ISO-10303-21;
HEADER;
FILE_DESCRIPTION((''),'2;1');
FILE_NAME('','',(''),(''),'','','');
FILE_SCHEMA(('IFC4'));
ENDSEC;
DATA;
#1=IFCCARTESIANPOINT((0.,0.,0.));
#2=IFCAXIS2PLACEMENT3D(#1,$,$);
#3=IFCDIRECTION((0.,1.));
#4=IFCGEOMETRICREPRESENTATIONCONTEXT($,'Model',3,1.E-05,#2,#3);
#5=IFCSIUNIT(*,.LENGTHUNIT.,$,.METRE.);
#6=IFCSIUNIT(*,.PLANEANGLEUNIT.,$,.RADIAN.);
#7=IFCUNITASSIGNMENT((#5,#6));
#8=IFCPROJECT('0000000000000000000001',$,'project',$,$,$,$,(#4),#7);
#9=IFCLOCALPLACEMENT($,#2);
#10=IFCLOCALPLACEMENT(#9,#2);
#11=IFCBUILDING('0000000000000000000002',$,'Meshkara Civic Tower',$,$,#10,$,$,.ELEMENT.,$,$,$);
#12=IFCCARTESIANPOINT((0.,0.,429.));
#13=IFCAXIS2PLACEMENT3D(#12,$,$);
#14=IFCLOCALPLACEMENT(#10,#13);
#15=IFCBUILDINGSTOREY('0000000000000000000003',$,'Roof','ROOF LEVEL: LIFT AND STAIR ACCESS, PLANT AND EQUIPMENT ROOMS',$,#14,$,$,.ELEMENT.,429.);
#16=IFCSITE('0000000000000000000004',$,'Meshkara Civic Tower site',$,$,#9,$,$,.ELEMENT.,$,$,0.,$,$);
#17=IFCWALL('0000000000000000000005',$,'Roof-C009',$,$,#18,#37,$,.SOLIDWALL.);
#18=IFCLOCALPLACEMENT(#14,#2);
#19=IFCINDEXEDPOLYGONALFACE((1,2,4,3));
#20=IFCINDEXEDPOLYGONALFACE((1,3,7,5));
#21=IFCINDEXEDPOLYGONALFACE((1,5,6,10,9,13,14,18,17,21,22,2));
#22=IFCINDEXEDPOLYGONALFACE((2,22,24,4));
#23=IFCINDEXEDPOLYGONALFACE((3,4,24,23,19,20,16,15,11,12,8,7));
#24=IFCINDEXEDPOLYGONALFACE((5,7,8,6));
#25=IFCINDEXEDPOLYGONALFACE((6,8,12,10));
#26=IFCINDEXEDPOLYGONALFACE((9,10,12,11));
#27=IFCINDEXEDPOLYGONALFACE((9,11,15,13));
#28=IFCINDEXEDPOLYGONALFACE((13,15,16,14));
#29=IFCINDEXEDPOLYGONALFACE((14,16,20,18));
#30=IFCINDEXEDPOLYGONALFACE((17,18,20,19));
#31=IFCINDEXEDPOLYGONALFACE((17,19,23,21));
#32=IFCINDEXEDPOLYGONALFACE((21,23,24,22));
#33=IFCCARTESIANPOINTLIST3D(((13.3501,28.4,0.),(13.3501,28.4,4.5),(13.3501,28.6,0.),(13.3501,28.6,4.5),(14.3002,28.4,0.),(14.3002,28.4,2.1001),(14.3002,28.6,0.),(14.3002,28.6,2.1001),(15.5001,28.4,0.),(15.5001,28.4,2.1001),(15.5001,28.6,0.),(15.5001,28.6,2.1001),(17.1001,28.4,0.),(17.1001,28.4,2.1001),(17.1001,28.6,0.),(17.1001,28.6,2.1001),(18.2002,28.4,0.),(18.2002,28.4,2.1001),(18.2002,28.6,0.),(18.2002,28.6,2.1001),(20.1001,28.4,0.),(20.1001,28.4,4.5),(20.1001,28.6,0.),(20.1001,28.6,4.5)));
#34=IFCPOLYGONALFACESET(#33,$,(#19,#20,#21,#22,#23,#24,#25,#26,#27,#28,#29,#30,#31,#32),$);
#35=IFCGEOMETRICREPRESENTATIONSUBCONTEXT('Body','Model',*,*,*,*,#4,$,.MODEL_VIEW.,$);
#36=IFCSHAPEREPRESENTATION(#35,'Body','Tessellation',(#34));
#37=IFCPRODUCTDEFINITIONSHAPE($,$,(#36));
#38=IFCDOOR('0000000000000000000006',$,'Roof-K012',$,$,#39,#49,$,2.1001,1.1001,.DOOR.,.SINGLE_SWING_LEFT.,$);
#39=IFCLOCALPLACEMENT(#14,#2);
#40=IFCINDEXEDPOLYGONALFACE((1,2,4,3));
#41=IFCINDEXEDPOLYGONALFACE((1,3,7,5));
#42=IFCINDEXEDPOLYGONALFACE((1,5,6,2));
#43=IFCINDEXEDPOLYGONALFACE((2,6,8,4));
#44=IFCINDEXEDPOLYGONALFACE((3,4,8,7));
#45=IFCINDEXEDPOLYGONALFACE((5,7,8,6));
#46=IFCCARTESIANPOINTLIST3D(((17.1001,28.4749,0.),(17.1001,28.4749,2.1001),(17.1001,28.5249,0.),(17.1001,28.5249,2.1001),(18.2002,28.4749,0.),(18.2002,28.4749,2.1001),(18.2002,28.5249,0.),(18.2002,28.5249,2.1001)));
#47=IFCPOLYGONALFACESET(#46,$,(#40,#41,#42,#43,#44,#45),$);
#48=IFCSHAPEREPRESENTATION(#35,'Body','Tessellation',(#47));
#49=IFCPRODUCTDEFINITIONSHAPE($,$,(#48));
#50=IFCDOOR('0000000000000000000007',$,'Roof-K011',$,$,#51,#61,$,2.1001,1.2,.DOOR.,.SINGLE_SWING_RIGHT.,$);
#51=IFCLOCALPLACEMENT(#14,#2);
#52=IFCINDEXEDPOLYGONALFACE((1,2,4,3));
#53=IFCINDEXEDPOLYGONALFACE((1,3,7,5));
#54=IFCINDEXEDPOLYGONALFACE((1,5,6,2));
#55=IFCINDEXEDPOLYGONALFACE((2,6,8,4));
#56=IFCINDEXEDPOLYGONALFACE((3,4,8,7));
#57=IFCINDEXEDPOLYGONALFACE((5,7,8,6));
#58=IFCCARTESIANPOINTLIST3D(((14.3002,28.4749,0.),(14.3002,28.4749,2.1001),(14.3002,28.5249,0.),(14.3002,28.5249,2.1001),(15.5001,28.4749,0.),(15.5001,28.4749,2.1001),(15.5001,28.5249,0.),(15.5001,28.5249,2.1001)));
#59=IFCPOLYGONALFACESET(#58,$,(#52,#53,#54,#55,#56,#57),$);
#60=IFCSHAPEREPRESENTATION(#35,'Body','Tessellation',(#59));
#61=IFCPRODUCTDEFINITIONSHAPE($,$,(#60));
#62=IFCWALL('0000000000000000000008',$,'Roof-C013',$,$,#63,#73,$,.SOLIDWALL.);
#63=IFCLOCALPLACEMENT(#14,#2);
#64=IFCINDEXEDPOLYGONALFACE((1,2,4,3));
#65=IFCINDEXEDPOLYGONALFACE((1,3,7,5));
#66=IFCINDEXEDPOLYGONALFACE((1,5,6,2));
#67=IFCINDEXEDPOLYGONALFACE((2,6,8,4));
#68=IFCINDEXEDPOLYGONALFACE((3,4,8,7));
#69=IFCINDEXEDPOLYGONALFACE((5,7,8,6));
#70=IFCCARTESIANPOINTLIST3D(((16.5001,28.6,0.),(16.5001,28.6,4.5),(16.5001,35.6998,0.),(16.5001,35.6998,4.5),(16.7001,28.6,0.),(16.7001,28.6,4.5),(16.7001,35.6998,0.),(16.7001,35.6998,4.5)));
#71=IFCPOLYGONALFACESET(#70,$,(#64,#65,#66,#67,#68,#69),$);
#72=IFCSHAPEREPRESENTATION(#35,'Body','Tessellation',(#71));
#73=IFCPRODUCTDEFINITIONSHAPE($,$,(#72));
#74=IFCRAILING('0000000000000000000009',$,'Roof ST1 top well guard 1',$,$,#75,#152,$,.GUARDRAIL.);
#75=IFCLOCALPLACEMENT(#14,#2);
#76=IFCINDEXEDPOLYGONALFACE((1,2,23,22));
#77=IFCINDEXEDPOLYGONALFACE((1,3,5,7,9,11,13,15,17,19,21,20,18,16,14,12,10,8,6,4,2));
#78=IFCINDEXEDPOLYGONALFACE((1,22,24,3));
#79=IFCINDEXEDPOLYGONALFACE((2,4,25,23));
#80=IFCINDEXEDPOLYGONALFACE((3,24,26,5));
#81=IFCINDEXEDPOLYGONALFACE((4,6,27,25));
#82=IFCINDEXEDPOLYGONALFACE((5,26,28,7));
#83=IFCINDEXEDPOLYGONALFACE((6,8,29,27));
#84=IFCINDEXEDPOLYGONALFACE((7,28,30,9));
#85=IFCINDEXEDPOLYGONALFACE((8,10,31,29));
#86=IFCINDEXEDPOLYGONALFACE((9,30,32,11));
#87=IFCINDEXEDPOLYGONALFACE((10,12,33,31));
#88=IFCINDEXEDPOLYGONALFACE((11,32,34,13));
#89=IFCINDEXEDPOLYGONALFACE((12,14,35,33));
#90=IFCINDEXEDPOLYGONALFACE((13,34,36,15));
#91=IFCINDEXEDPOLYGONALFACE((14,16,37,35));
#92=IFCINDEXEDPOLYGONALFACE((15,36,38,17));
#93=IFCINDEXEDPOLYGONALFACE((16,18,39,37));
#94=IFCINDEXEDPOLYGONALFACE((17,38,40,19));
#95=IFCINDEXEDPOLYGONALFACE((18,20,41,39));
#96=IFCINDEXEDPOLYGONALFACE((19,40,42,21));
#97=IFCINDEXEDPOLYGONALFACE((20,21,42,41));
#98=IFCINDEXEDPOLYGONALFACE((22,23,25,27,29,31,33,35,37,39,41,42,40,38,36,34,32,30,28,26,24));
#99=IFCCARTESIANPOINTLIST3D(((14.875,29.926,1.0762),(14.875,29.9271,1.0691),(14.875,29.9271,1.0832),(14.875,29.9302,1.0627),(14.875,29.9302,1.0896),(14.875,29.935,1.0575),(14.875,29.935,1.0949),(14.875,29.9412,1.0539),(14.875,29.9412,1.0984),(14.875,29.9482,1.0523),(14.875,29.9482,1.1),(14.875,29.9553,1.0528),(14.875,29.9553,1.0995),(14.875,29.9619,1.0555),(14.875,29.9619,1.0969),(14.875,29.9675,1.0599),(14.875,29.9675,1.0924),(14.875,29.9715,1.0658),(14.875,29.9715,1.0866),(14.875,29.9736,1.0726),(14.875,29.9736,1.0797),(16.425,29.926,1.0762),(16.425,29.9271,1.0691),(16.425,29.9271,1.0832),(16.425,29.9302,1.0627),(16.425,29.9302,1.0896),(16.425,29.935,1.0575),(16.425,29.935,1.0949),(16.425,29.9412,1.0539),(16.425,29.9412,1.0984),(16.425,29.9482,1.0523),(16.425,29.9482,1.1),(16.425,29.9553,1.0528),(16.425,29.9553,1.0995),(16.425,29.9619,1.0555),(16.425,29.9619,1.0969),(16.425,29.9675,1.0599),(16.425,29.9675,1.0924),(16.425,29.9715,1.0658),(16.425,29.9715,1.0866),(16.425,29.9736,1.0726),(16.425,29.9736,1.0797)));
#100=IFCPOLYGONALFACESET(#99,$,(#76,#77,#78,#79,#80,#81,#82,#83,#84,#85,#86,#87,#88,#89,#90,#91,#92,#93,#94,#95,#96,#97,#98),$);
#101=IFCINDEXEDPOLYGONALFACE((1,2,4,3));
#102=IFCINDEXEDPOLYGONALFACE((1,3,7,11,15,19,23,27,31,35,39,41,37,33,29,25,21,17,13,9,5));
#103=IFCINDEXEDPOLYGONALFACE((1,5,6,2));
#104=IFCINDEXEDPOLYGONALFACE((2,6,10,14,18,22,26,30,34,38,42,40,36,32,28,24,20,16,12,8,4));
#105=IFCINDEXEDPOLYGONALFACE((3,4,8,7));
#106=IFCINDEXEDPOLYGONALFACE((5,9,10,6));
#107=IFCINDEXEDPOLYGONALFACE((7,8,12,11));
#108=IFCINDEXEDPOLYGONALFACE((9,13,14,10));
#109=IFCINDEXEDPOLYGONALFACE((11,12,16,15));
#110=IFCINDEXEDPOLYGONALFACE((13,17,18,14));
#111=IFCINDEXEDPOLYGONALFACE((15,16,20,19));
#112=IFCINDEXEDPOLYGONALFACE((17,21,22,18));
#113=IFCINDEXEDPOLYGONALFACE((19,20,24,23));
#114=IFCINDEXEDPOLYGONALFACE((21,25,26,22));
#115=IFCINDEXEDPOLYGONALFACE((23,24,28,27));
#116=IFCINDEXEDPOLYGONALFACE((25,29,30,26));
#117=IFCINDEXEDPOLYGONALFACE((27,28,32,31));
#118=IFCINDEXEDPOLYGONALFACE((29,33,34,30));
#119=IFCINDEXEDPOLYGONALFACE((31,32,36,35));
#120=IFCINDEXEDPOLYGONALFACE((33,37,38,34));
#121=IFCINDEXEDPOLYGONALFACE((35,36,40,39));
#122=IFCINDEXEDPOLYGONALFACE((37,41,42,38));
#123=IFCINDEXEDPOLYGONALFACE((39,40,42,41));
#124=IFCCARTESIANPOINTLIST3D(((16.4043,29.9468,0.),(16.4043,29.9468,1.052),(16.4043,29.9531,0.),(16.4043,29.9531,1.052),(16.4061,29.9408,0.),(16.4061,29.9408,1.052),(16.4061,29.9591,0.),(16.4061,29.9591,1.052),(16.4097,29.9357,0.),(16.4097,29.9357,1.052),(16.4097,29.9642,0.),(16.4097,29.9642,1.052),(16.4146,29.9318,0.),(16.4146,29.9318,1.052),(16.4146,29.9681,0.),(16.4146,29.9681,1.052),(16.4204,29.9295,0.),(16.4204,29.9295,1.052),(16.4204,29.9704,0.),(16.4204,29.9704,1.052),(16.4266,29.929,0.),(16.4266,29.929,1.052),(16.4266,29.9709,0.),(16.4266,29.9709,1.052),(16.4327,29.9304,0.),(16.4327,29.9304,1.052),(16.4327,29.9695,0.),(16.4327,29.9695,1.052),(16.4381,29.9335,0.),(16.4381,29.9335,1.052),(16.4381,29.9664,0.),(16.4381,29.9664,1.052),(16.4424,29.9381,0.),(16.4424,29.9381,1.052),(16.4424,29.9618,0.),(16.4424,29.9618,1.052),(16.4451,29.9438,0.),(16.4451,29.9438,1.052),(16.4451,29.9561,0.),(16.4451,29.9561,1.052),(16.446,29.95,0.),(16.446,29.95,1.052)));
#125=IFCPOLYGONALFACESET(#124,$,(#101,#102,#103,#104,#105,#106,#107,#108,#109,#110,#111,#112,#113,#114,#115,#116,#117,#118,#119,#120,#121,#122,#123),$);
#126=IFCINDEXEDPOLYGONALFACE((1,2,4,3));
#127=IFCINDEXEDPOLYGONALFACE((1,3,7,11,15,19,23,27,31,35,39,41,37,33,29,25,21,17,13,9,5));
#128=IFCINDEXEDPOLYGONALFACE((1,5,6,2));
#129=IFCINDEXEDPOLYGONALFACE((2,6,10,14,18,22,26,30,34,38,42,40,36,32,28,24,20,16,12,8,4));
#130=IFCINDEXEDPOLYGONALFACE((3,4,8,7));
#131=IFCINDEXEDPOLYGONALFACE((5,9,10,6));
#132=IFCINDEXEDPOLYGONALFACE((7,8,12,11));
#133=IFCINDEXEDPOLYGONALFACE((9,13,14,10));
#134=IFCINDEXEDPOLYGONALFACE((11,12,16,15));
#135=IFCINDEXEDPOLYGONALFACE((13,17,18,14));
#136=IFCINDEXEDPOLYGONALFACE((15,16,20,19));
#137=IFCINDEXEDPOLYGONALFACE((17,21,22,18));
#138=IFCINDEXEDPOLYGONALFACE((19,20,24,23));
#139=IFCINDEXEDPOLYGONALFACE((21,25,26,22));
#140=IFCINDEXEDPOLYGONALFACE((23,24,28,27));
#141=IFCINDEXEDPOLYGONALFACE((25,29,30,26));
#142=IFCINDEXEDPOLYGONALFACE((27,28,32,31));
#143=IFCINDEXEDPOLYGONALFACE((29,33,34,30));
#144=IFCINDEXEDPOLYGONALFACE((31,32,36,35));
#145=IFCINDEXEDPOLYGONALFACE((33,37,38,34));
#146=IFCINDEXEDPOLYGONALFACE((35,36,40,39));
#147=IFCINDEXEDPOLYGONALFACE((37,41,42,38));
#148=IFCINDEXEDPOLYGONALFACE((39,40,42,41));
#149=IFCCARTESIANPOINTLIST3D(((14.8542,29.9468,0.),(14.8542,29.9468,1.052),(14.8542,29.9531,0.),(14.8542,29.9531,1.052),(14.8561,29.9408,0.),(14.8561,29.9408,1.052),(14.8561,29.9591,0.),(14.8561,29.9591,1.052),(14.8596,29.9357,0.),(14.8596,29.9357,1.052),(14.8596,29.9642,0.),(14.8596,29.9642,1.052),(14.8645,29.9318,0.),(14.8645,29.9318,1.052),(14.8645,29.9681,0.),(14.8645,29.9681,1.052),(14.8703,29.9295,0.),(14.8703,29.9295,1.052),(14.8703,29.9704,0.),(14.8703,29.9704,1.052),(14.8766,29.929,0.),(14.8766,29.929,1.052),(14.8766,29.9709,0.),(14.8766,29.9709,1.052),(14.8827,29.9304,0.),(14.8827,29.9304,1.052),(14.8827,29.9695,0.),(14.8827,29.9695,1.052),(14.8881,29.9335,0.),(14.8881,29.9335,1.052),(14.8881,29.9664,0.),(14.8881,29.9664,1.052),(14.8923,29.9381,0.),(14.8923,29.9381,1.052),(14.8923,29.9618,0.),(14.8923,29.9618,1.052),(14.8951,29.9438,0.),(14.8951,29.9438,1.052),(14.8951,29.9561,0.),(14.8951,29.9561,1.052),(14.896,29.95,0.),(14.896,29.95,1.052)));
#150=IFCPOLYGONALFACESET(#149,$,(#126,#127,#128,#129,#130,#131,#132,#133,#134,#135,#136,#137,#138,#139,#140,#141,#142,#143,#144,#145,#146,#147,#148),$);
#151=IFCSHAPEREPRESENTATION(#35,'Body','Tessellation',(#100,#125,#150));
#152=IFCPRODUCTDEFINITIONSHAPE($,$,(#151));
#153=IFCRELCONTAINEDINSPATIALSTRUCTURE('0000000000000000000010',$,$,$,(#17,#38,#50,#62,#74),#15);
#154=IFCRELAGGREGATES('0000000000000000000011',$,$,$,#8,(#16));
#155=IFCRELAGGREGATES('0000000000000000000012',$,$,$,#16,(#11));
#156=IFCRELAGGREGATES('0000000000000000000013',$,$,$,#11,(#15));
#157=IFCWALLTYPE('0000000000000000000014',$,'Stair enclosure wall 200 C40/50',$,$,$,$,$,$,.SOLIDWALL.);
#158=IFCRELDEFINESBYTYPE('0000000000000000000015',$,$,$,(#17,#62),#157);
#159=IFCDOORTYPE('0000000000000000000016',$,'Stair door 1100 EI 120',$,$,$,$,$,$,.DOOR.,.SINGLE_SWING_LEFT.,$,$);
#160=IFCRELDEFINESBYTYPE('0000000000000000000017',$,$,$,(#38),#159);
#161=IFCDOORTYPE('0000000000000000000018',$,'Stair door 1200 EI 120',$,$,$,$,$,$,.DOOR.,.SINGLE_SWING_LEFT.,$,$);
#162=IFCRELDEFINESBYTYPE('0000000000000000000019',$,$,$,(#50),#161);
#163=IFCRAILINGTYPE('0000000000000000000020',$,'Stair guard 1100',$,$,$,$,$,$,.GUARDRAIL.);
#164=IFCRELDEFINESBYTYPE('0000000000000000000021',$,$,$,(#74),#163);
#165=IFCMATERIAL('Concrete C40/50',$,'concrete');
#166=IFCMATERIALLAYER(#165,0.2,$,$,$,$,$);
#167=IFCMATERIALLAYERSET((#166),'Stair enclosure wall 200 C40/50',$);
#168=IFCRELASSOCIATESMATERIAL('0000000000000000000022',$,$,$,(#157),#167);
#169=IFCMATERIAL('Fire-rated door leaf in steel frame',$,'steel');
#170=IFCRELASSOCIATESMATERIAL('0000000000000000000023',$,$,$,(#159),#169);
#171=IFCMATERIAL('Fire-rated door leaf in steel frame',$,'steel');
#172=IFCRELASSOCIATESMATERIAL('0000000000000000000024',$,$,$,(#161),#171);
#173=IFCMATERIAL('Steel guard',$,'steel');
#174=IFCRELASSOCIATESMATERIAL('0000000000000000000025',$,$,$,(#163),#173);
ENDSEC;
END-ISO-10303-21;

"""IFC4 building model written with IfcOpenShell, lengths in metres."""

from ifc_helpers import new_model, si_unit, direction, frame, frame_2d, origin, origin_2d, place, context, subcontext, project, spatial, rectangle, circle, extrude, material, layer, layer_set, type_object, element, fill, save


model = new_model("IFC4")

# Units and contexts
model_context = context("Model", 3, precision=1e-05, world=origin(), true_north=direction((0.0, 1.0)))
body_context = subcontext(model_context, "Body", "Model", "MODEL_VIEW")
ifc_project = project(units=[si_unit("LENGTHUNIT", "METRE"), si_unit("PLANEANGLEUNIT", "RADIAN")], contexts=[model_context])

# Site, building, storey
site_placement = place(None, origin())
site = spatial("IfcSite", under=ifc_project, at=site_placement, Name="Meshkara Civic Tower site", CompositionType="ELEMENT", RefElevation=0.0)
building_placement = place(site_placement, origin())
building = spatial("IfcBuilding", under=site, at=building_placement, Name="Meshkara Civic Tower", CompositionType="ELEMENT")
storey_placement = place(building_placement, frame((0.0, 0.0, 429.0)))
storey = spatial("IfcBuildingStorey", under=building, at=storey_placement, Name="Roof", Description="ROOF LEVEL: LIFT AND STAIR ACCESS, PLANT AND EQUIPMENT ROOMS", CompositionType="ELEMENT", Elevation=429.0)

# Wall, openings, doors
ifc_material_1 = material(Name="Concrete C40/50", Category="concrete")
ifc_layer_1 = layer(ifc_material_1, 0.2)
ifc_layer_set_1 = layer_set([ifc_layer_1], Name="Stair enclosure wall 200 C40/50")
wall_type_1 = type_object("IfcWallType", Name="Stair enclosure wall 200 C40/50", PredefinedType="SOLIDWALL", material=ifc_layer_set_1)
wall_1_placement = place(storey_placement, frame((13.3501, 28.5, 0.0), z_axis=(0.0, 0.0, 1.0), x_axis=(1.0, 0.0, 0.0)))
wall_1 = element("IfcWall", 1, at=wall_1_placement, inside=storey, type_object=wall_type_1, Name="Roof-C009", PredefinedType="SOLIDWALL", context=body_context, shape_type="SweptSolid", body=[
    extrude(rectangle(XDim=6.75, YDim=0.2, at=frame_2d((3.375, 0.0))), origin(), (0.0, 0.0, 1.0), 4.5),
])
opening_1_placement = place(wall_1_placement, frame((0.95, 0.0, 0.0)))
opening_1 = element("IfcOpeningElement", 2, at=opening_1_placement, cuts=wall_1, PredefinedType="OPENING", context=body_context, shape_type="SweptSolid", body=[
    extrude(rectangle(XDim=1.2, YDim=2.1001, at=frame_2d((0.6001, 1.05))), frame((0.0, 0.1099, 0.0), z_axis=(0.0, -1.0, 0.0), x_axis=(1.0, 0.0, 0.0)), (0.0, 0.0, 1.0), 0.22),
])
opening_2_placement = place(wall_1_placement, frame((3.75, 0.0, 0.0)))
opening_2 = element("IfcOpeningElement", 3, at=opening_2_placement, cuts=wall_1, PredefinedType="OPENING", context=body_context, shape_type="SweptSolid", body=[
    extrude(rectangle(XDim=1.1001, YDim=2.1001, at=frame_2d((0.55, 1.05))), frame((0.0, 0.1099, 0.0), z_axis=(0.0, -1.0, 0.0), x_axis=(1.0, 0.0, 0.0)), (0.0, 0.0, 1.0), 0.22),
])
ifc_material_2 = material(Name="Fire-rated door leaf in steel frame", Category="steel")
door_type_1 = type_object("IfcDoorType", Name="Stair door 1100 EI 120", OperationType="SINGLE_SWING_LEFT", PredefinedType="DOOR", material=ifc_material_2)
door_1_placement = place(opening_2_placement, origin())
door_1 = element("IfcDoor", 4, at=door_1_placement, inside=storey, type_object=door_type_1, Name="Roof-K012", OperationType="SINGLE_SWING_LEFT", OverallHeight=2.1001, OverallWidth=1.1001, PredefinedType="DOOR", context=body_context, shape_type="SweptSolid", body=[
    extrude(rectangle(XDim=1.1001, YDim=2.1001, at=frame_2d((0.55, 1.05))), frame((0.0, 0.0249, 0.0), z_axis=(0.0, -1.0, 0.0), x_axis=(1.0, 0.0, 0.0)), (0.0, 0.0, 1.0), 0.05),
])
fill(opening_2, door_1)
ifc_material_3 = material(Name="Fire-rated door leaf in steel frame", Category="steel")
door_type_2 = type_object("IfcDoorType", Name="Stair door 1200 EI 120", OperationType="SINGLE_SWING_LEFT", PredefinedType="DOOR", material=ifc_material_3)
door_2_placement = place(opening_1_placement, origin())
door_2 = element("IfcDoor", 5, at=door_2_placement, inside=storey, type_object=door_type_2, Name="Roof-K011", OperationType="SINGLE_SWING_RIGHT", OverallHeight=2.1001, OverallWidth=1.2, PredefinedType="DOOR", context=body_context, shape_type="SweptSolid", body=[
    extrude(rectangle(XDim=1.2, YDim=2.1001, at=frame_2d((0.6001, 1.05))), frame((0.0, 0.0249, 0.0), z_axis=(0.0, -1.0, 0.0), x_axis=(1.0, 0.0, 0.0)), (0.0, 0.0, 1.0), 0.05),
])
fill(opening_1, door_2)

# Wall
wall_2_placement = place(storey_placement, frame((16.6001, 28.6001, 0.0), z_axis=(0.0, 0.0, 1.0), x_axis=(0.0, 1.0, 0.0)))
element("IfcWall", 6, at=wall_2_placement, inside=storey, type_object=wall_type_1, Name="Roof-C013", PredefinedType="SOLIDWALL", context=body_context, shape_type="SweptSolid", body=[
    extrude(rectangle(XDim=7.0999, YDim=0.2, at=frame_2d((3.5498, 0.0))), origin(), (0.0, 0.0, 1.0), 4.5),
])

# Railing
ifc_material_4 = material(Name="Steel guard", Category="steel")
railing_type = type_object("IfcRailingType", Name="Stair guard 1100", PredefinedType="GUARDRAIL", material=ifc_material_4)
railing_placement = place(storey_placement, frame((16.425, 29.95, 0.0)))
element("IfcRailing", 7, at=railing_placement, inside=storey, type_object=railing_type, Name="Roof ST1 top well guard 1", PredefinedType="GUARDRAIL", context=body_context, shape_type="SweptSolid", body=[
    extrude(circle(Radius=0.0239, at=origin_2d()), frame((0.0, 0.0, 1.0762), z_axis=(-1.0, 0.0, 0.0), x_axis=(0.0, -1.0, 0.0)), (0.0, 0.0, 1.0), 1.55),
    extrude(circle(Radius=0.021, at=origin_2d()), origin(), (0.0, 0.0, 1.0), 1.052),
    extrude(circle(Radius=0.021, at=origin_2d()), frame((-1.55, 0.0, 0.0)), (0.0, 0.0, 1.0), 1.052),
])

save(model, "model.ifc")
